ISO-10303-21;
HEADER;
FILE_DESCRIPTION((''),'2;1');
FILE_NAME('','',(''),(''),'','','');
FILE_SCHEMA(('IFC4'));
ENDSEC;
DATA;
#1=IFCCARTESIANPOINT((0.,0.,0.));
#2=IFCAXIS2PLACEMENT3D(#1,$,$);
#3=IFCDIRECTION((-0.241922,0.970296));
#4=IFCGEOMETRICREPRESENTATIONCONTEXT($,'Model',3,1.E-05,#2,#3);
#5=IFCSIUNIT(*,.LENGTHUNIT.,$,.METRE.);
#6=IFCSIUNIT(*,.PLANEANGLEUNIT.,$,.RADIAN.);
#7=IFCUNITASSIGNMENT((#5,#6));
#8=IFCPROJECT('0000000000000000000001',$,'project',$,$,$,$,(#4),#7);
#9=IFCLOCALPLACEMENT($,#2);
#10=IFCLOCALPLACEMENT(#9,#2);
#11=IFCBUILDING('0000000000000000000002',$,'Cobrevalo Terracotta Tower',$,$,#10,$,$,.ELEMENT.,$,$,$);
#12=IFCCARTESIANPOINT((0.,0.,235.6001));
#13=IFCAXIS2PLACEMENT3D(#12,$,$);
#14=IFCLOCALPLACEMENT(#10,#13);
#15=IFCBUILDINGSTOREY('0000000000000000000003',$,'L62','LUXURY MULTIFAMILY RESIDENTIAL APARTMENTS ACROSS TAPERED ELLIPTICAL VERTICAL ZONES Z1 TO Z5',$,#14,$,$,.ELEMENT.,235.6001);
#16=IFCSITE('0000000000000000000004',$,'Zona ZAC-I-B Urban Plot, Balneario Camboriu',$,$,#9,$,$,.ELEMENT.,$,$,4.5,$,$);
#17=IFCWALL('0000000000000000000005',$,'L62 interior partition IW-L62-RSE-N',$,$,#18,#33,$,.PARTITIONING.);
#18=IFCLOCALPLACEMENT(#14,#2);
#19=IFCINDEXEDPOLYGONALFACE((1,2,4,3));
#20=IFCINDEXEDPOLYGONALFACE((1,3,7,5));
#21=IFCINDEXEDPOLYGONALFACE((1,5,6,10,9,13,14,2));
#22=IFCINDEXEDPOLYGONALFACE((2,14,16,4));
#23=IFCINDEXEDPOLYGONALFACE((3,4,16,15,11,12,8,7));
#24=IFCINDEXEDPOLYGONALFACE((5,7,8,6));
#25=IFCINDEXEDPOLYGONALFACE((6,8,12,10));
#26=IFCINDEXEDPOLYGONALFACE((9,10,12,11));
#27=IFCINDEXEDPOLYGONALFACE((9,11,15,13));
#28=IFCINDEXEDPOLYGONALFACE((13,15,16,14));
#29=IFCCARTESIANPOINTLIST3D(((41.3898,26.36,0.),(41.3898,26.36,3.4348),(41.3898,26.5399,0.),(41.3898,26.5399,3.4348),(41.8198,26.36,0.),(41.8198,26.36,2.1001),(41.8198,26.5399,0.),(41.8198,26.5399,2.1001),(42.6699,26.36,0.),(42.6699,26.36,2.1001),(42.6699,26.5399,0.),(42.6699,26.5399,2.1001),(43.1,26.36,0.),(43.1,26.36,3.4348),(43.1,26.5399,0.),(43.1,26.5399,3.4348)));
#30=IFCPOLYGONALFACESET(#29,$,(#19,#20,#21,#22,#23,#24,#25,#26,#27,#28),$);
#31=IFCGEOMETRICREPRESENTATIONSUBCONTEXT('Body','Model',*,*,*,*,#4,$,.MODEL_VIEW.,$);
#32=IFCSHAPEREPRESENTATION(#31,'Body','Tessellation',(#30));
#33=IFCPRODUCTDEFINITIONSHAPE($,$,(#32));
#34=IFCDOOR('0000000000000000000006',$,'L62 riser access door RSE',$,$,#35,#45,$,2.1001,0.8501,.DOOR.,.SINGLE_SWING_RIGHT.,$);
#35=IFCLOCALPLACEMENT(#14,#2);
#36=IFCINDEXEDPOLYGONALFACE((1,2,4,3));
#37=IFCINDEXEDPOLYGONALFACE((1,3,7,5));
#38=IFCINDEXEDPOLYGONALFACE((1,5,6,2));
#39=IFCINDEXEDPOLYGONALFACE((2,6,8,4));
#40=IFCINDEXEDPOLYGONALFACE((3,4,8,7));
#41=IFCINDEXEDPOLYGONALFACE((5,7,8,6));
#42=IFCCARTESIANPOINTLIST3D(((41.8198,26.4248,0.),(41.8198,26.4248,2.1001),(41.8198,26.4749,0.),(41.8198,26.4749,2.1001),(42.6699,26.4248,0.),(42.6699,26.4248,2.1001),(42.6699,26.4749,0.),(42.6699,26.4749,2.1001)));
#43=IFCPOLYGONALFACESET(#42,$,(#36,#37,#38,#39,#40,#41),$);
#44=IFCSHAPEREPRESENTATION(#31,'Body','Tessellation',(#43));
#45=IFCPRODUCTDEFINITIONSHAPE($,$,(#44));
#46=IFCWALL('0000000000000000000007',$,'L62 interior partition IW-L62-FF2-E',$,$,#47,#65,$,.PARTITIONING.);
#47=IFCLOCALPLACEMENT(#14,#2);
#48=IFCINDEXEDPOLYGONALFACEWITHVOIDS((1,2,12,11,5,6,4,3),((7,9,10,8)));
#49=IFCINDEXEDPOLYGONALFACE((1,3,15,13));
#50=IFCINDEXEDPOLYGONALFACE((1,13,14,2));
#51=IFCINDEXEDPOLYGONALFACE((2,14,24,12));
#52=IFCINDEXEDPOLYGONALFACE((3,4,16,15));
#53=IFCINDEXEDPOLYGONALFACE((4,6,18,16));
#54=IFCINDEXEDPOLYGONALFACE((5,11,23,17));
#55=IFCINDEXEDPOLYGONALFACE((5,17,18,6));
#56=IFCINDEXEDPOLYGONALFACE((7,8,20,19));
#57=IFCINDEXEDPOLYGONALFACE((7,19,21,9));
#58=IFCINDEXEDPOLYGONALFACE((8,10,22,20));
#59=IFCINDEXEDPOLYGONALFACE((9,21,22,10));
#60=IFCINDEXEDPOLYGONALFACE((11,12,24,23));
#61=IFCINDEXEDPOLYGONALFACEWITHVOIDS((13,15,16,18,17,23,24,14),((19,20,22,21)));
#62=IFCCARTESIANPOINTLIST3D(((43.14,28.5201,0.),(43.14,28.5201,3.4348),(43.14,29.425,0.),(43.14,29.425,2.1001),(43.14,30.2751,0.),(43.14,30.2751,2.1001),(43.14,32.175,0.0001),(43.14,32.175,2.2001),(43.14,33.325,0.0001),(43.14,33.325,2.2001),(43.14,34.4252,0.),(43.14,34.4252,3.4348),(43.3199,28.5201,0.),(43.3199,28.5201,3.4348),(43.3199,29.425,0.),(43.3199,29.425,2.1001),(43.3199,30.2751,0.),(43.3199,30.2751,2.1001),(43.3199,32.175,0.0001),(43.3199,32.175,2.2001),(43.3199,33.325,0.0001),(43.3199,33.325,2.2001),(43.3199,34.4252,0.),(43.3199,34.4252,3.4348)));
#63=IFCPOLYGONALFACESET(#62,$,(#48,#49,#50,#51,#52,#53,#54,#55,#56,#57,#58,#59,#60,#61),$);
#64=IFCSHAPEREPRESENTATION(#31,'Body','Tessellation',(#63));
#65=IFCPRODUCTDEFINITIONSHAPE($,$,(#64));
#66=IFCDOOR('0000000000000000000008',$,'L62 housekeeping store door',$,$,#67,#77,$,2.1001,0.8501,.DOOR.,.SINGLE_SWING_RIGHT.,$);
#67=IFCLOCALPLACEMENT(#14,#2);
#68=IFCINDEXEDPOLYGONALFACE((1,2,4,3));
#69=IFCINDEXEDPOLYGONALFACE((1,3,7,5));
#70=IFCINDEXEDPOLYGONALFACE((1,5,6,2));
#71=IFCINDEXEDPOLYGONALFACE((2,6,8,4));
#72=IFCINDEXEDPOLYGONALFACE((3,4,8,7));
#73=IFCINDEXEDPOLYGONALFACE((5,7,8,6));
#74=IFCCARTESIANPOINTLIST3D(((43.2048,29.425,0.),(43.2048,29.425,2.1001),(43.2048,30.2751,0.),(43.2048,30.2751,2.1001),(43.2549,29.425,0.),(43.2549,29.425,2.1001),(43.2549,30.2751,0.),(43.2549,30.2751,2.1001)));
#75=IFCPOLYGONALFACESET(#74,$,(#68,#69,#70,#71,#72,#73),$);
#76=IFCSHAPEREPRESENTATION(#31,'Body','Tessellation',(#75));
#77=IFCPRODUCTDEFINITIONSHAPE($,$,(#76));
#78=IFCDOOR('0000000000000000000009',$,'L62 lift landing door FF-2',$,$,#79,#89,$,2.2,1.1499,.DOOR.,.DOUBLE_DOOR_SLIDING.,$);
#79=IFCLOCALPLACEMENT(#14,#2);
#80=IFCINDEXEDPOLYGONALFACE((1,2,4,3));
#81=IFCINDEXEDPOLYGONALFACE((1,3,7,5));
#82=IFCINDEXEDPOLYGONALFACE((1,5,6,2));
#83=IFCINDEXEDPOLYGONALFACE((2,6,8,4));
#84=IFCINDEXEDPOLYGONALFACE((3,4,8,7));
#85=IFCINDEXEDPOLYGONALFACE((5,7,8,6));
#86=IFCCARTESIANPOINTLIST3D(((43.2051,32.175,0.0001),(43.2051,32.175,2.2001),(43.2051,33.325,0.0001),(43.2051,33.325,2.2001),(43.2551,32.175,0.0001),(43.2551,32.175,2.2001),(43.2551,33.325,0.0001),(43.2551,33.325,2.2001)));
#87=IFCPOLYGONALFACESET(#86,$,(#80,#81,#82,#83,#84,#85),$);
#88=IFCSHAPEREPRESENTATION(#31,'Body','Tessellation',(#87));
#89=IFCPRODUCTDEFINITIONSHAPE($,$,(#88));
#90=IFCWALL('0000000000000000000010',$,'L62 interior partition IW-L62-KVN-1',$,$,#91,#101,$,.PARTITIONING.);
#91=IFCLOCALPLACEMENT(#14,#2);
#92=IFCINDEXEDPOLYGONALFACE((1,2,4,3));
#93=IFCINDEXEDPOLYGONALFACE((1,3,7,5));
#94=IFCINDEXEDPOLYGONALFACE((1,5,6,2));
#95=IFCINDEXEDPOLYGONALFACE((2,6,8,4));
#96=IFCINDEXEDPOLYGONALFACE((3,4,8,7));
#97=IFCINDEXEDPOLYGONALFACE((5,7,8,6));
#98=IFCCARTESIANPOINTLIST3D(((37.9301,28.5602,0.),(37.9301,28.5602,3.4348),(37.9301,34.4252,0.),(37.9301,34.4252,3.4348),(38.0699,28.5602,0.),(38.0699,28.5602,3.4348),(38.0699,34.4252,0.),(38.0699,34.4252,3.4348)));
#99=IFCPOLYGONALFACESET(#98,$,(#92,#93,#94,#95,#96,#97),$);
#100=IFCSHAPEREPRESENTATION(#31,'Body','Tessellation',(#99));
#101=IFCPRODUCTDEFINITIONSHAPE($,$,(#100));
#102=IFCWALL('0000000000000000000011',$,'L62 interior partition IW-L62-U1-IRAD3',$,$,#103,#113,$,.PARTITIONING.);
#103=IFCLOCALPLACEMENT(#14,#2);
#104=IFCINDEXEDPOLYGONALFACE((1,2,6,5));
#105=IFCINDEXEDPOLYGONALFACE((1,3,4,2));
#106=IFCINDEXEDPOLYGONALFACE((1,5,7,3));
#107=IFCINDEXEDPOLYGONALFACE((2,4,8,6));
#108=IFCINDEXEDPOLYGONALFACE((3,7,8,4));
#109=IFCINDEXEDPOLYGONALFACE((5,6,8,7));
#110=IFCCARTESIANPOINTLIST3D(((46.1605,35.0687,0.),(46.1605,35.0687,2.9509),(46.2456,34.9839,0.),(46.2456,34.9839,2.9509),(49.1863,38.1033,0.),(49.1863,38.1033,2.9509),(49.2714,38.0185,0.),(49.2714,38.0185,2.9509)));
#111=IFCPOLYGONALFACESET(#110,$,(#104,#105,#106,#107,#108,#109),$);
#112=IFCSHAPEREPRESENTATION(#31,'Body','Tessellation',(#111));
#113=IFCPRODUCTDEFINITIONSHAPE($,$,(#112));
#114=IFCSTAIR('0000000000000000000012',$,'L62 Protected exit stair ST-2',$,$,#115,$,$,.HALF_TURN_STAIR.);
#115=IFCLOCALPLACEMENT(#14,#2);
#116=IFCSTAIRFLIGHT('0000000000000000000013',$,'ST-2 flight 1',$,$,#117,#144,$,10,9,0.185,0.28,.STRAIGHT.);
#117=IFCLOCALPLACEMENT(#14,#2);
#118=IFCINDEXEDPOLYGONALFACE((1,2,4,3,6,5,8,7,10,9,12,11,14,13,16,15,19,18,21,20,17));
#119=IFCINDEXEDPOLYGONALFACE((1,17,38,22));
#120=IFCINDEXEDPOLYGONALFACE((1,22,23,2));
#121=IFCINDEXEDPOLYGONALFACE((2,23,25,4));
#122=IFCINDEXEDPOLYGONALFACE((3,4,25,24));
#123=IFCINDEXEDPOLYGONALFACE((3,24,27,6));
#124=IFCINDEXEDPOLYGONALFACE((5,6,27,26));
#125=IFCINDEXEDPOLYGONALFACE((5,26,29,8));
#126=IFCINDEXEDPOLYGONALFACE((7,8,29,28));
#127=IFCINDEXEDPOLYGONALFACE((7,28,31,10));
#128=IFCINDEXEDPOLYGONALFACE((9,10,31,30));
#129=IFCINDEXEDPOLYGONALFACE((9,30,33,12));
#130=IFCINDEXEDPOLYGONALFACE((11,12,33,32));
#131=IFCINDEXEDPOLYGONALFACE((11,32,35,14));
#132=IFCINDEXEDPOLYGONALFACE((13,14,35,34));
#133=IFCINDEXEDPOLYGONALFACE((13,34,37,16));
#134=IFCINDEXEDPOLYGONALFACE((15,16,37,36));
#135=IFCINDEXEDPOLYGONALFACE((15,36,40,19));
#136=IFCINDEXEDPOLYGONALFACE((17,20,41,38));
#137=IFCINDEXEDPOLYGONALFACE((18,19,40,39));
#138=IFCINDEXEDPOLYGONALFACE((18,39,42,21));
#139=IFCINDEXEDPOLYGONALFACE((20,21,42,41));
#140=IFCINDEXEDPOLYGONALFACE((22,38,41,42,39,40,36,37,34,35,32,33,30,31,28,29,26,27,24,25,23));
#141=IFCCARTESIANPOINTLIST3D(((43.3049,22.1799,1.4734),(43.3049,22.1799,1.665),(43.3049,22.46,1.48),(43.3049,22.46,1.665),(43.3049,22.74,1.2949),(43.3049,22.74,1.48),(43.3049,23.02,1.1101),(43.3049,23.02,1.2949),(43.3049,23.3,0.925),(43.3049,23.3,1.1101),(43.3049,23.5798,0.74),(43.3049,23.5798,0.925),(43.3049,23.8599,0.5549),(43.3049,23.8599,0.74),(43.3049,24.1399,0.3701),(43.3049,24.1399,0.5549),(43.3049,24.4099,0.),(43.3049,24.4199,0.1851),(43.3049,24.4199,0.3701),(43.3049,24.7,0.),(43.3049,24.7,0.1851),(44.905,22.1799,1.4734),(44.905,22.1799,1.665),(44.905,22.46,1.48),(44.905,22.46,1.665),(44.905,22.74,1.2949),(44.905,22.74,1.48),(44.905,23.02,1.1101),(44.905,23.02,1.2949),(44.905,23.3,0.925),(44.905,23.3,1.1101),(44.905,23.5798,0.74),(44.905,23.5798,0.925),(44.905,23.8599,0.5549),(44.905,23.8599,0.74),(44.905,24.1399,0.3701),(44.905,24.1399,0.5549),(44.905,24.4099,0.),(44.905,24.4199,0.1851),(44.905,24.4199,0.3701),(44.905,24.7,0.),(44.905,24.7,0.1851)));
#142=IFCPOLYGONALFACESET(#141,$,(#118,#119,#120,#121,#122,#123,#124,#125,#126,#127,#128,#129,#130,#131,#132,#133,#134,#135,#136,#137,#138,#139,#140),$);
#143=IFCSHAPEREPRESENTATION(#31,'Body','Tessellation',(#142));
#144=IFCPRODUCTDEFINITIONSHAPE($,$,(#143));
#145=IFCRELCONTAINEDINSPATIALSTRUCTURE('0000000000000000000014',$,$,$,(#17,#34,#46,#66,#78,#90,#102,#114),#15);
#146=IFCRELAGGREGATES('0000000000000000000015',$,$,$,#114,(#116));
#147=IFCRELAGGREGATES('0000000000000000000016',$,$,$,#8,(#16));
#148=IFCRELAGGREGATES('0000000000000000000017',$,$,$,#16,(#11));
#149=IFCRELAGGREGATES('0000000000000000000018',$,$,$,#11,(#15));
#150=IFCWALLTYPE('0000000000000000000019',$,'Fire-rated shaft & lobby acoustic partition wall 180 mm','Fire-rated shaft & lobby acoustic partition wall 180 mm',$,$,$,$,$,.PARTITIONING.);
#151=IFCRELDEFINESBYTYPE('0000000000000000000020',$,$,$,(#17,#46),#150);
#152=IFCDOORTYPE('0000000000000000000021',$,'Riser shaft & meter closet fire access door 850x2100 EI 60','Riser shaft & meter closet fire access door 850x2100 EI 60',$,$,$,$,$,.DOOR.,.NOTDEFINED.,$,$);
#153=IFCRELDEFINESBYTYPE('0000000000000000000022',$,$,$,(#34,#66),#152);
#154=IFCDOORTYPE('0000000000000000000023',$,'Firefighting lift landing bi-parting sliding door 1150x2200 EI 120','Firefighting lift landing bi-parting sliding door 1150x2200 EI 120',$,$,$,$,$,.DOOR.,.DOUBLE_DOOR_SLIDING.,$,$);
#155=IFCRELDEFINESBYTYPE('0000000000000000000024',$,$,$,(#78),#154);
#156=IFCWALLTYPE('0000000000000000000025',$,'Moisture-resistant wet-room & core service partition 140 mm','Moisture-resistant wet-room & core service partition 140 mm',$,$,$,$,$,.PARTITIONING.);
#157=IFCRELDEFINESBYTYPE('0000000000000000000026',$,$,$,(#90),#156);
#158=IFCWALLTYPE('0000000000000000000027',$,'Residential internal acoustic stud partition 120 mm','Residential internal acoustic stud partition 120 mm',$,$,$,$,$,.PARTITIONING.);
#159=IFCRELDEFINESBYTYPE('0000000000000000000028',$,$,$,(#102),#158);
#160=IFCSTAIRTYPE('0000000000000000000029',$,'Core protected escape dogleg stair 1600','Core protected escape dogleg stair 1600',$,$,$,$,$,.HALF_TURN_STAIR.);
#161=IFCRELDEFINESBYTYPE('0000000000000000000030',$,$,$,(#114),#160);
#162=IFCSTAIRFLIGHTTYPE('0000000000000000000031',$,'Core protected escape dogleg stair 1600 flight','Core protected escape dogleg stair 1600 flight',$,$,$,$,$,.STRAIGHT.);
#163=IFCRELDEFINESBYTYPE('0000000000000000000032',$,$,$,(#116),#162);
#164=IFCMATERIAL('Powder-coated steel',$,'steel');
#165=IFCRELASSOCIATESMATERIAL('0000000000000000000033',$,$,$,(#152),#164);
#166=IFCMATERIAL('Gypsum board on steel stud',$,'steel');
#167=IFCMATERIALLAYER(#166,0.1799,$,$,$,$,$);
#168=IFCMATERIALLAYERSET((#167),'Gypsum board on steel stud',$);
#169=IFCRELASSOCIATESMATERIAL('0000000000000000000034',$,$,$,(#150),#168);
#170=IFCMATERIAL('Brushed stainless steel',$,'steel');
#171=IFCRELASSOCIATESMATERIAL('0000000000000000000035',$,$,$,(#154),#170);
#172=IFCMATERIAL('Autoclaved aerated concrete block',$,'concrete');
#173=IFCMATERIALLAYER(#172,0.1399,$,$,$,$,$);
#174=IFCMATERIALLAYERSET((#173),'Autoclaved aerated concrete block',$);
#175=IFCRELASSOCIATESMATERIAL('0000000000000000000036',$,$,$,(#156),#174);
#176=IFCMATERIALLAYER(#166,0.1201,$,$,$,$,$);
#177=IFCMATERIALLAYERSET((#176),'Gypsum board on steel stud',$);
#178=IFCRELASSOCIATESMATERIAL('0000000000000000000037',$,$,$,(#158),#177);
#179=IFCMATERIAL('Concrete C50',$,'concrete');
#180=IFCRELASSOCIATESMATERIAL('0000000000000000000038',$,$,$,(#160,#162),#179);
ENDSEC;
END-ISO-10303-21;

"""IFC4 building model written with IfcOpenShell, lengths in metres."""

from ifc_helpers import new_model, si_unit, direction, frame, frame_2d, origin, place, context, subcontext, project, spatial, polyline, rectangle, outline, extrude, source, transform, mapped, material, layer, layer_set, type_object, element, fill, aggregate, save


model = new_model("IFC4")

# Units and contexts
model_context = context("Model", 3, precision=1e-05, world=origin(), true_north=direction((-0.241922, 0.970296)))
body_context = subcontext(model_context, "Body", "Model", "MODEL_VIEW")
ifc_project = project(units=[si_unit("LENGTHUNIT", "METRE"), si_unit("PLANEANGLEUNIT", "RADIAN")], contexts=[model_context])

# Site, building, storey
site_placement = place(None, origin())
site = spatial("IfcSite", under=ifc_project, at=site_placement, Name="Zona ZAC-I-B Urban Plot, Balneario Camboriu", CompositionType="ELEMENT", RefElevation=4.5)
building_placement = place(site_placement, origin())
building = spatial("IfcBuilding", under=site, at=building_placement, Name="Cobrevalo Terracotta Tower", CompositionType="ELEMENT")
storey_placement = place(building_placement, frame((0.0, 0.0, 235.6001)))
storey = spatial("IfcBuildingStorey", under=building, at=storey_placement, Name="L62", Description="LUXURY MULTIFAMILY RESIDENTIAL APARTMENTS ACROSS TAPERED ELLIPTICAL VERTICAL ZONES Z1 TO Z5", CompositionType="ELEMENT", Elevation=235.6001)

# Shared definitions
ifc_material_1 = material(Name="Concrete C50", Category="concrete")

# Shared definitions
ifc_material_2 = material(Name="Gypsum board on steel stud", Category="steel")

# Shared definitions
ifc_material_3 = material(Name="Powder-coated steel", Category="steel")
door_type_1 = type_object("IfcDoorType", Name="Riser shaft & meter closet fire access door 850x2100 EI 60", Description="Riser shaft & meter closet fire access door 850x2100 EI 60", OperationType="NOTDEFINED", PredefinedType="DOOR", material=ifc_material_3)
shared_shape_1 = source(origin(), body_context, "Body", "SweptSolid", [
    extrude(rectangle(XDim=0.8501, YDim=2.1001, at=frame_2d((0.425, 1.05))), frame((0.0, 0.0249, 0.0), z_axis=(0.0, -1.0, 0.0), x_axis=(1.0, 0.0, 0.0)), (0.0, 0.0, 1.0), 0.05),
])
ifc_material_4 = material(Name="Brushed stainless steel", Category="steel")

# Wall, opening, door
ifc_layer_1 = layer(ifc_material_2, 0.1799)
ifc_layer_set_1 = layer_set([ifc_layer_1], Name="Gypsum board on steel stud")
wall_type_1 = type_object("IfcWallType", Name="Fire-rated shaft & lobby acoustic partition wall 180 mm", Description="Fire-rated shaft & lobby acoustic partition wall 180 mm", PredefinedType="PARTITIONING", material=ifc_layer_set_1)
wall_1_placement = place(storey_placement, frame((41.3899, 26.45, 0.0), z_axis=(0.0, 0.0, 1.0), x_axis=(1.0, 0.0, 0.0)))
wall_1 = element("IfcWall", 1, at=wall_1_placement, inside=storey, type_object=wall_type_1, Name="L62 interior partition IW-L62-RSE-N", PredefinedType="PARTITIONING", context=body_context, shape_type="SweptSolid", body=[
    extrude(rectangle(XDim=1.7102, YDim=0.1799, at=frame_2d((0.855, 0.0))), origin(), (0.0, 0.0, 1.0), 3.4348),
])
opening_1_placement = place(wall_1_placement, frame((0.4299, 0.0, 0.0)))
opening_1 = element("IfcOpeningElement", 2, at=opening_1_placement, cuts=wall_1, PredefinedType="OPENING", context=body_context, shape_type="SweptSolid", body=[
    extrude(rectangle(XDim=0.8501, YDim=2.1001, at=frame_2d((0.425, 1.05))), frame((0.0, 0.1001, 0.0), z_axis=(0.0, -1.0, 0.0), x_axis=(1.0, 0.0, 0.0)), (0.0, 0.0, 1.0), 0.2),
])
door_1_placement = place(opening_1_placement, origin())
door_1 = element("IfcDoor", 3, at=door_1_placement, inside=storey, type_object=door_type_1, Name="L62 riser access door RSE", OperationType="SINGLE_SWING_RIGHT", OverallHeight=2.1001, OverallWidth=0.8501, PredefinedType="DOOR", context=body_context, shape_type="MappedRepresentation", body=[
    mapped(shared_shape_1, transform((0.0, 0.0, 0.0), scale=1.0)),
])
fill(opening_1, door_1)

# Wall, openings, doors
wall_2_placement = place(storey_placement, frame((43.23, 28.52, 0.0), z_axis=(0.0, 0.0, 1.0), x_axis=(0.0, 1.0, 0.0)))
wall_2 = element("IfcWall", 4, at=wall_2_placement, inside=storey, type_object=wall_type_1, Name="L62 interior partition IW-L62-FF2-E", PredefinedType="PARTITIONING", context=body_context, shape_type="SweptSolid", body=[
    extrude(rectangle(XDim=5.905, YDim=0.1799, at=frame_2d((2.9526, 0.0))), origin(), (0.0, 0.0, 1.0), 3.4348),
])
opening_2_placement = place(wall_2_placement, frame((0.905, 0.0, 0.0)))
opening_2 = element("IfcOpeningElement", 5, at=opening_2_placement, cuts=wall_2, PredefinedType="OPENING", context=body_context, shape_type="SweptSolid", body=[
    extrude(rectangle(XDim=0.8501, YDim=2.1001, at=frame_2d((0.425, 1.05))), frame((0.0, 0.1001, 0.0), z_axis=(0.0, -1.0, 0.0), x_axis=(1.0, 0.0, 0.0)), (0.0, 0.0, 1.0), 0.2),
])
opening_3_placement = place(wall_2_placement, frame((3.655, 0.0, 0.0)))
opening_3 = element("IfcOpeningElement", 6, at=opening_3_placement, cuts=wall_2, PredefinedType="OPENING", context=body_context, shape_type="SweptSolid", body=[
    extrude(rectangle(XDim=1.1499, YDim=2.2, at=frame_2d((0.575, 1.1001))), frame((0.0, 0.1001, 0.0), z_axis=(0.0, -1.0, 0.0), x_axis=(1.0, 0.0, 0.0)), (0.0, 0.0, 1.0), 0.2),
])
door_2_placement = place(opening_2_placement, frame((0.8501, 0.0, 0.0), z_axis=(0.0, 0.0, 1.0), x_axis=(-1.0, 0.0, 0.0)))
door_2 = element("IfcDoor", 7, at=door_2_placement, inside=storey, type_object=door_type_1, Name="L62 housekeeping store door", OperationType="SINGLE_SWING_RIGHT", OverallHeight=2.1001, OverallWidth=0.8501, PredefinedType="DOOR", context=body_context, shape_type="MappedRepresentation", body=[
    mapped(shared_shape_1, transform((0.0, 0.0, 0.0), scale=1.0)),
])
fill(opening_2, door_2)
door_type_2 = type_object("IfcDoorType", Name="Firefighting lift landing bi-parting sliding door 1150x2200 EI 120", Description="Firefighting lift landing bi-parting sliding door 1150x2200 EI 120", OperationType="DOUBLE_DOOR_SLIDING", PredefinedType="DOOR", material=ifc_material_4)
shared_shape_2 = source(origin(), body_context, "Body", "SweptSolid", [
    extrude(rectangle(XDim=1.1499, YDim=2.2, at=frame_2d((0.575, 1.1001))), frame((0.0, 0.0249, 0.0), z_axis=(0.0, -1.0, 0.0), x_axis=(1.0, 0.0, 0.0)), (0.0, 0.0, 1.0), 0.05),
])
door_3_placement = place(opening_3_placement, origin())
door_3 = element("IfcDoor", 8, at=door_3_placement, inside=storey, type_object=door_type_2, Name="L62 lift landing door FF-2", OperationType="DOUBLE_DOOR_SLIDING", OverallHeight=2.2, OverallWidth=1.1499, PredefinedType="DOOR", context=body_context, shape_type="MappedRepresentation", body=[
    mapped(shared_shape_2, transform((0.0, 0.0, 0.0), scale=1.0)),
])
fill(opening_3, door_3)

# Walls
ifc_material_5 = material(Name="Autoclaved aerated concrete block", Category="concrete")
ifc_layer_2 = layer(ifc_material_5, 0.1399)
ifc_layer_set_2 = layer_set([ifc_layer_2], Name="Autoclaved aerated concrete block")
wall_type_2 = type_object("IfcWallType", Name="Moisture-resistant wet-room & core service partition 140 mm", Description="Moisture-resistant wet-room & core service partition 140 mm", PredefinedType="PARTITIONING", material=ifc_layer_set_2)
wall_3_placement = place(storey_placement, frame((38.0, 28.5601, 0.0), z_axis=(0.0, 0.0, 1.0), x_axis=(0.0, 1.0, 0.0)))
element("IfcWall", 9, at=wall_3_placement, inside=storey, type_object=wall_type_2, Name="L62 interior partition IW-L62-KVN-1", PredefinedType="PARTITIONING", context=body_context, shape_type="SweptSolid", body=[
    extrude(rectangle(XDim=5.865, YDim=0.1399, at=frame_2d((2.9326, 0.0))), origin(), (0.0, 0.0, 1.0), 3.4348),
])
ifc_layer_3 = layer(ifc_material_2, 0.1201)
ifc_layer_set_3 = layer_set([ifc_layer_3], Name="Gypsum board on steel stud")
wall_type_3 = type_object("IfcWallType", Name="Residential internal acoustic stud partition 120 mm", Description="Residential internal acoustic stud partition 120 mm", PredefinedType="PARTITIONING", material=ifc_layer_set_3)
wall_4_placement = place(storey_placement, frame((46.2031, 35.0264, 0.0), z_axis=(0.0, 0.0, 1.0), x_axis=(0.706081, 0.708131, 0.0)))
element("IfcWall", 10, at=wall_4_placement, inside=storey, type_object=wall_type_3, Name="L62 interior partition IW-L62-U1-IRAD3", PredefinedType="PARTITIONING", context=body_context, shape_type="SweptSolid", body=[
    extrude(rectangle(XDim=4.2854, YDim=0.1201, at=frame_2d((2.1426, 0.0))), origin(), (0.0, 0.0, 1.0), 2.9509),
])

# Stair, stair flight
stair_type = type_object("IfcStairType", Name="Core protected escape dogleg stair 1600", Description="Core protected escape dogleg stair 1600", PredefinedType="HALF_TURN_STAIR", material=ifc_material_1)
stair_placement = place(storey_placement, origin())
stair = element("IfcStair", 11, at=stair_placement, inside=storey, type_object=stair_type, Name="L62 Protected exit stair ST-2", PredefinedType="HALF_TURN_STAIR")
stair_flight_type = type_object("IfcStairFlightType", Name="Core protected escape dogleg stair 1600 flight", Description="Core protected escape dogleg stair 1600 flight", PredefinedType="STRAIGHT", material=ifc_material_1)
stair_flight_placement = place(storey_placement, frame((44.105, 24.7, 0.0), z_axis=(0.0, 0.0, 1.0), x_axis=(0.0, -1.0, 0.0)))
stair_flight = element("IfcStairFlight", 12, at=stair_flight_placement, type_object=stair_flight_type, Name="ST-2 flight 1", NumberOfRisers=10, NumberOfTreads=9, PredefinedType="STRAIGHT", RiserHeight=0.185, TreadLength=0.28, context=body_context, shape_type="SweptSolid", body=[
    extrude(outline(polyline([(0.0, 0.0), (0.0, 0.1851), (0.28, 0.1851), (0.28, 0.3701), (0.5601, 0.3701), (0.5601, 0.5549), (0.8401, 0.5549), (0.8401, 0.74), (1.1201, 0.74), (1.1201, 0.925), (1.3999, 0.925), (1.3999, 1.1101), (1.6799, 1.1101), (1.6799, 1.2949), (1.96, 1.2949), (1.96, 1.48), (2.24, 1.48), (2.24, 1.665), (2.52, 1.665), (2.52, 1.8501), (2.52, 1.4734), (0.29, 0.0), (0.0, 0.0)])), frame((0.0, 0.8, 0.0), z_axis=(0.0, -1.0, 0.0), x_axis=(1.0, 0.0, 0.0)), (0.0, 0.0, 1.0), 1.6001),
])
aggregate(stair, [stair_flight])

save(model, "model.ifc")
